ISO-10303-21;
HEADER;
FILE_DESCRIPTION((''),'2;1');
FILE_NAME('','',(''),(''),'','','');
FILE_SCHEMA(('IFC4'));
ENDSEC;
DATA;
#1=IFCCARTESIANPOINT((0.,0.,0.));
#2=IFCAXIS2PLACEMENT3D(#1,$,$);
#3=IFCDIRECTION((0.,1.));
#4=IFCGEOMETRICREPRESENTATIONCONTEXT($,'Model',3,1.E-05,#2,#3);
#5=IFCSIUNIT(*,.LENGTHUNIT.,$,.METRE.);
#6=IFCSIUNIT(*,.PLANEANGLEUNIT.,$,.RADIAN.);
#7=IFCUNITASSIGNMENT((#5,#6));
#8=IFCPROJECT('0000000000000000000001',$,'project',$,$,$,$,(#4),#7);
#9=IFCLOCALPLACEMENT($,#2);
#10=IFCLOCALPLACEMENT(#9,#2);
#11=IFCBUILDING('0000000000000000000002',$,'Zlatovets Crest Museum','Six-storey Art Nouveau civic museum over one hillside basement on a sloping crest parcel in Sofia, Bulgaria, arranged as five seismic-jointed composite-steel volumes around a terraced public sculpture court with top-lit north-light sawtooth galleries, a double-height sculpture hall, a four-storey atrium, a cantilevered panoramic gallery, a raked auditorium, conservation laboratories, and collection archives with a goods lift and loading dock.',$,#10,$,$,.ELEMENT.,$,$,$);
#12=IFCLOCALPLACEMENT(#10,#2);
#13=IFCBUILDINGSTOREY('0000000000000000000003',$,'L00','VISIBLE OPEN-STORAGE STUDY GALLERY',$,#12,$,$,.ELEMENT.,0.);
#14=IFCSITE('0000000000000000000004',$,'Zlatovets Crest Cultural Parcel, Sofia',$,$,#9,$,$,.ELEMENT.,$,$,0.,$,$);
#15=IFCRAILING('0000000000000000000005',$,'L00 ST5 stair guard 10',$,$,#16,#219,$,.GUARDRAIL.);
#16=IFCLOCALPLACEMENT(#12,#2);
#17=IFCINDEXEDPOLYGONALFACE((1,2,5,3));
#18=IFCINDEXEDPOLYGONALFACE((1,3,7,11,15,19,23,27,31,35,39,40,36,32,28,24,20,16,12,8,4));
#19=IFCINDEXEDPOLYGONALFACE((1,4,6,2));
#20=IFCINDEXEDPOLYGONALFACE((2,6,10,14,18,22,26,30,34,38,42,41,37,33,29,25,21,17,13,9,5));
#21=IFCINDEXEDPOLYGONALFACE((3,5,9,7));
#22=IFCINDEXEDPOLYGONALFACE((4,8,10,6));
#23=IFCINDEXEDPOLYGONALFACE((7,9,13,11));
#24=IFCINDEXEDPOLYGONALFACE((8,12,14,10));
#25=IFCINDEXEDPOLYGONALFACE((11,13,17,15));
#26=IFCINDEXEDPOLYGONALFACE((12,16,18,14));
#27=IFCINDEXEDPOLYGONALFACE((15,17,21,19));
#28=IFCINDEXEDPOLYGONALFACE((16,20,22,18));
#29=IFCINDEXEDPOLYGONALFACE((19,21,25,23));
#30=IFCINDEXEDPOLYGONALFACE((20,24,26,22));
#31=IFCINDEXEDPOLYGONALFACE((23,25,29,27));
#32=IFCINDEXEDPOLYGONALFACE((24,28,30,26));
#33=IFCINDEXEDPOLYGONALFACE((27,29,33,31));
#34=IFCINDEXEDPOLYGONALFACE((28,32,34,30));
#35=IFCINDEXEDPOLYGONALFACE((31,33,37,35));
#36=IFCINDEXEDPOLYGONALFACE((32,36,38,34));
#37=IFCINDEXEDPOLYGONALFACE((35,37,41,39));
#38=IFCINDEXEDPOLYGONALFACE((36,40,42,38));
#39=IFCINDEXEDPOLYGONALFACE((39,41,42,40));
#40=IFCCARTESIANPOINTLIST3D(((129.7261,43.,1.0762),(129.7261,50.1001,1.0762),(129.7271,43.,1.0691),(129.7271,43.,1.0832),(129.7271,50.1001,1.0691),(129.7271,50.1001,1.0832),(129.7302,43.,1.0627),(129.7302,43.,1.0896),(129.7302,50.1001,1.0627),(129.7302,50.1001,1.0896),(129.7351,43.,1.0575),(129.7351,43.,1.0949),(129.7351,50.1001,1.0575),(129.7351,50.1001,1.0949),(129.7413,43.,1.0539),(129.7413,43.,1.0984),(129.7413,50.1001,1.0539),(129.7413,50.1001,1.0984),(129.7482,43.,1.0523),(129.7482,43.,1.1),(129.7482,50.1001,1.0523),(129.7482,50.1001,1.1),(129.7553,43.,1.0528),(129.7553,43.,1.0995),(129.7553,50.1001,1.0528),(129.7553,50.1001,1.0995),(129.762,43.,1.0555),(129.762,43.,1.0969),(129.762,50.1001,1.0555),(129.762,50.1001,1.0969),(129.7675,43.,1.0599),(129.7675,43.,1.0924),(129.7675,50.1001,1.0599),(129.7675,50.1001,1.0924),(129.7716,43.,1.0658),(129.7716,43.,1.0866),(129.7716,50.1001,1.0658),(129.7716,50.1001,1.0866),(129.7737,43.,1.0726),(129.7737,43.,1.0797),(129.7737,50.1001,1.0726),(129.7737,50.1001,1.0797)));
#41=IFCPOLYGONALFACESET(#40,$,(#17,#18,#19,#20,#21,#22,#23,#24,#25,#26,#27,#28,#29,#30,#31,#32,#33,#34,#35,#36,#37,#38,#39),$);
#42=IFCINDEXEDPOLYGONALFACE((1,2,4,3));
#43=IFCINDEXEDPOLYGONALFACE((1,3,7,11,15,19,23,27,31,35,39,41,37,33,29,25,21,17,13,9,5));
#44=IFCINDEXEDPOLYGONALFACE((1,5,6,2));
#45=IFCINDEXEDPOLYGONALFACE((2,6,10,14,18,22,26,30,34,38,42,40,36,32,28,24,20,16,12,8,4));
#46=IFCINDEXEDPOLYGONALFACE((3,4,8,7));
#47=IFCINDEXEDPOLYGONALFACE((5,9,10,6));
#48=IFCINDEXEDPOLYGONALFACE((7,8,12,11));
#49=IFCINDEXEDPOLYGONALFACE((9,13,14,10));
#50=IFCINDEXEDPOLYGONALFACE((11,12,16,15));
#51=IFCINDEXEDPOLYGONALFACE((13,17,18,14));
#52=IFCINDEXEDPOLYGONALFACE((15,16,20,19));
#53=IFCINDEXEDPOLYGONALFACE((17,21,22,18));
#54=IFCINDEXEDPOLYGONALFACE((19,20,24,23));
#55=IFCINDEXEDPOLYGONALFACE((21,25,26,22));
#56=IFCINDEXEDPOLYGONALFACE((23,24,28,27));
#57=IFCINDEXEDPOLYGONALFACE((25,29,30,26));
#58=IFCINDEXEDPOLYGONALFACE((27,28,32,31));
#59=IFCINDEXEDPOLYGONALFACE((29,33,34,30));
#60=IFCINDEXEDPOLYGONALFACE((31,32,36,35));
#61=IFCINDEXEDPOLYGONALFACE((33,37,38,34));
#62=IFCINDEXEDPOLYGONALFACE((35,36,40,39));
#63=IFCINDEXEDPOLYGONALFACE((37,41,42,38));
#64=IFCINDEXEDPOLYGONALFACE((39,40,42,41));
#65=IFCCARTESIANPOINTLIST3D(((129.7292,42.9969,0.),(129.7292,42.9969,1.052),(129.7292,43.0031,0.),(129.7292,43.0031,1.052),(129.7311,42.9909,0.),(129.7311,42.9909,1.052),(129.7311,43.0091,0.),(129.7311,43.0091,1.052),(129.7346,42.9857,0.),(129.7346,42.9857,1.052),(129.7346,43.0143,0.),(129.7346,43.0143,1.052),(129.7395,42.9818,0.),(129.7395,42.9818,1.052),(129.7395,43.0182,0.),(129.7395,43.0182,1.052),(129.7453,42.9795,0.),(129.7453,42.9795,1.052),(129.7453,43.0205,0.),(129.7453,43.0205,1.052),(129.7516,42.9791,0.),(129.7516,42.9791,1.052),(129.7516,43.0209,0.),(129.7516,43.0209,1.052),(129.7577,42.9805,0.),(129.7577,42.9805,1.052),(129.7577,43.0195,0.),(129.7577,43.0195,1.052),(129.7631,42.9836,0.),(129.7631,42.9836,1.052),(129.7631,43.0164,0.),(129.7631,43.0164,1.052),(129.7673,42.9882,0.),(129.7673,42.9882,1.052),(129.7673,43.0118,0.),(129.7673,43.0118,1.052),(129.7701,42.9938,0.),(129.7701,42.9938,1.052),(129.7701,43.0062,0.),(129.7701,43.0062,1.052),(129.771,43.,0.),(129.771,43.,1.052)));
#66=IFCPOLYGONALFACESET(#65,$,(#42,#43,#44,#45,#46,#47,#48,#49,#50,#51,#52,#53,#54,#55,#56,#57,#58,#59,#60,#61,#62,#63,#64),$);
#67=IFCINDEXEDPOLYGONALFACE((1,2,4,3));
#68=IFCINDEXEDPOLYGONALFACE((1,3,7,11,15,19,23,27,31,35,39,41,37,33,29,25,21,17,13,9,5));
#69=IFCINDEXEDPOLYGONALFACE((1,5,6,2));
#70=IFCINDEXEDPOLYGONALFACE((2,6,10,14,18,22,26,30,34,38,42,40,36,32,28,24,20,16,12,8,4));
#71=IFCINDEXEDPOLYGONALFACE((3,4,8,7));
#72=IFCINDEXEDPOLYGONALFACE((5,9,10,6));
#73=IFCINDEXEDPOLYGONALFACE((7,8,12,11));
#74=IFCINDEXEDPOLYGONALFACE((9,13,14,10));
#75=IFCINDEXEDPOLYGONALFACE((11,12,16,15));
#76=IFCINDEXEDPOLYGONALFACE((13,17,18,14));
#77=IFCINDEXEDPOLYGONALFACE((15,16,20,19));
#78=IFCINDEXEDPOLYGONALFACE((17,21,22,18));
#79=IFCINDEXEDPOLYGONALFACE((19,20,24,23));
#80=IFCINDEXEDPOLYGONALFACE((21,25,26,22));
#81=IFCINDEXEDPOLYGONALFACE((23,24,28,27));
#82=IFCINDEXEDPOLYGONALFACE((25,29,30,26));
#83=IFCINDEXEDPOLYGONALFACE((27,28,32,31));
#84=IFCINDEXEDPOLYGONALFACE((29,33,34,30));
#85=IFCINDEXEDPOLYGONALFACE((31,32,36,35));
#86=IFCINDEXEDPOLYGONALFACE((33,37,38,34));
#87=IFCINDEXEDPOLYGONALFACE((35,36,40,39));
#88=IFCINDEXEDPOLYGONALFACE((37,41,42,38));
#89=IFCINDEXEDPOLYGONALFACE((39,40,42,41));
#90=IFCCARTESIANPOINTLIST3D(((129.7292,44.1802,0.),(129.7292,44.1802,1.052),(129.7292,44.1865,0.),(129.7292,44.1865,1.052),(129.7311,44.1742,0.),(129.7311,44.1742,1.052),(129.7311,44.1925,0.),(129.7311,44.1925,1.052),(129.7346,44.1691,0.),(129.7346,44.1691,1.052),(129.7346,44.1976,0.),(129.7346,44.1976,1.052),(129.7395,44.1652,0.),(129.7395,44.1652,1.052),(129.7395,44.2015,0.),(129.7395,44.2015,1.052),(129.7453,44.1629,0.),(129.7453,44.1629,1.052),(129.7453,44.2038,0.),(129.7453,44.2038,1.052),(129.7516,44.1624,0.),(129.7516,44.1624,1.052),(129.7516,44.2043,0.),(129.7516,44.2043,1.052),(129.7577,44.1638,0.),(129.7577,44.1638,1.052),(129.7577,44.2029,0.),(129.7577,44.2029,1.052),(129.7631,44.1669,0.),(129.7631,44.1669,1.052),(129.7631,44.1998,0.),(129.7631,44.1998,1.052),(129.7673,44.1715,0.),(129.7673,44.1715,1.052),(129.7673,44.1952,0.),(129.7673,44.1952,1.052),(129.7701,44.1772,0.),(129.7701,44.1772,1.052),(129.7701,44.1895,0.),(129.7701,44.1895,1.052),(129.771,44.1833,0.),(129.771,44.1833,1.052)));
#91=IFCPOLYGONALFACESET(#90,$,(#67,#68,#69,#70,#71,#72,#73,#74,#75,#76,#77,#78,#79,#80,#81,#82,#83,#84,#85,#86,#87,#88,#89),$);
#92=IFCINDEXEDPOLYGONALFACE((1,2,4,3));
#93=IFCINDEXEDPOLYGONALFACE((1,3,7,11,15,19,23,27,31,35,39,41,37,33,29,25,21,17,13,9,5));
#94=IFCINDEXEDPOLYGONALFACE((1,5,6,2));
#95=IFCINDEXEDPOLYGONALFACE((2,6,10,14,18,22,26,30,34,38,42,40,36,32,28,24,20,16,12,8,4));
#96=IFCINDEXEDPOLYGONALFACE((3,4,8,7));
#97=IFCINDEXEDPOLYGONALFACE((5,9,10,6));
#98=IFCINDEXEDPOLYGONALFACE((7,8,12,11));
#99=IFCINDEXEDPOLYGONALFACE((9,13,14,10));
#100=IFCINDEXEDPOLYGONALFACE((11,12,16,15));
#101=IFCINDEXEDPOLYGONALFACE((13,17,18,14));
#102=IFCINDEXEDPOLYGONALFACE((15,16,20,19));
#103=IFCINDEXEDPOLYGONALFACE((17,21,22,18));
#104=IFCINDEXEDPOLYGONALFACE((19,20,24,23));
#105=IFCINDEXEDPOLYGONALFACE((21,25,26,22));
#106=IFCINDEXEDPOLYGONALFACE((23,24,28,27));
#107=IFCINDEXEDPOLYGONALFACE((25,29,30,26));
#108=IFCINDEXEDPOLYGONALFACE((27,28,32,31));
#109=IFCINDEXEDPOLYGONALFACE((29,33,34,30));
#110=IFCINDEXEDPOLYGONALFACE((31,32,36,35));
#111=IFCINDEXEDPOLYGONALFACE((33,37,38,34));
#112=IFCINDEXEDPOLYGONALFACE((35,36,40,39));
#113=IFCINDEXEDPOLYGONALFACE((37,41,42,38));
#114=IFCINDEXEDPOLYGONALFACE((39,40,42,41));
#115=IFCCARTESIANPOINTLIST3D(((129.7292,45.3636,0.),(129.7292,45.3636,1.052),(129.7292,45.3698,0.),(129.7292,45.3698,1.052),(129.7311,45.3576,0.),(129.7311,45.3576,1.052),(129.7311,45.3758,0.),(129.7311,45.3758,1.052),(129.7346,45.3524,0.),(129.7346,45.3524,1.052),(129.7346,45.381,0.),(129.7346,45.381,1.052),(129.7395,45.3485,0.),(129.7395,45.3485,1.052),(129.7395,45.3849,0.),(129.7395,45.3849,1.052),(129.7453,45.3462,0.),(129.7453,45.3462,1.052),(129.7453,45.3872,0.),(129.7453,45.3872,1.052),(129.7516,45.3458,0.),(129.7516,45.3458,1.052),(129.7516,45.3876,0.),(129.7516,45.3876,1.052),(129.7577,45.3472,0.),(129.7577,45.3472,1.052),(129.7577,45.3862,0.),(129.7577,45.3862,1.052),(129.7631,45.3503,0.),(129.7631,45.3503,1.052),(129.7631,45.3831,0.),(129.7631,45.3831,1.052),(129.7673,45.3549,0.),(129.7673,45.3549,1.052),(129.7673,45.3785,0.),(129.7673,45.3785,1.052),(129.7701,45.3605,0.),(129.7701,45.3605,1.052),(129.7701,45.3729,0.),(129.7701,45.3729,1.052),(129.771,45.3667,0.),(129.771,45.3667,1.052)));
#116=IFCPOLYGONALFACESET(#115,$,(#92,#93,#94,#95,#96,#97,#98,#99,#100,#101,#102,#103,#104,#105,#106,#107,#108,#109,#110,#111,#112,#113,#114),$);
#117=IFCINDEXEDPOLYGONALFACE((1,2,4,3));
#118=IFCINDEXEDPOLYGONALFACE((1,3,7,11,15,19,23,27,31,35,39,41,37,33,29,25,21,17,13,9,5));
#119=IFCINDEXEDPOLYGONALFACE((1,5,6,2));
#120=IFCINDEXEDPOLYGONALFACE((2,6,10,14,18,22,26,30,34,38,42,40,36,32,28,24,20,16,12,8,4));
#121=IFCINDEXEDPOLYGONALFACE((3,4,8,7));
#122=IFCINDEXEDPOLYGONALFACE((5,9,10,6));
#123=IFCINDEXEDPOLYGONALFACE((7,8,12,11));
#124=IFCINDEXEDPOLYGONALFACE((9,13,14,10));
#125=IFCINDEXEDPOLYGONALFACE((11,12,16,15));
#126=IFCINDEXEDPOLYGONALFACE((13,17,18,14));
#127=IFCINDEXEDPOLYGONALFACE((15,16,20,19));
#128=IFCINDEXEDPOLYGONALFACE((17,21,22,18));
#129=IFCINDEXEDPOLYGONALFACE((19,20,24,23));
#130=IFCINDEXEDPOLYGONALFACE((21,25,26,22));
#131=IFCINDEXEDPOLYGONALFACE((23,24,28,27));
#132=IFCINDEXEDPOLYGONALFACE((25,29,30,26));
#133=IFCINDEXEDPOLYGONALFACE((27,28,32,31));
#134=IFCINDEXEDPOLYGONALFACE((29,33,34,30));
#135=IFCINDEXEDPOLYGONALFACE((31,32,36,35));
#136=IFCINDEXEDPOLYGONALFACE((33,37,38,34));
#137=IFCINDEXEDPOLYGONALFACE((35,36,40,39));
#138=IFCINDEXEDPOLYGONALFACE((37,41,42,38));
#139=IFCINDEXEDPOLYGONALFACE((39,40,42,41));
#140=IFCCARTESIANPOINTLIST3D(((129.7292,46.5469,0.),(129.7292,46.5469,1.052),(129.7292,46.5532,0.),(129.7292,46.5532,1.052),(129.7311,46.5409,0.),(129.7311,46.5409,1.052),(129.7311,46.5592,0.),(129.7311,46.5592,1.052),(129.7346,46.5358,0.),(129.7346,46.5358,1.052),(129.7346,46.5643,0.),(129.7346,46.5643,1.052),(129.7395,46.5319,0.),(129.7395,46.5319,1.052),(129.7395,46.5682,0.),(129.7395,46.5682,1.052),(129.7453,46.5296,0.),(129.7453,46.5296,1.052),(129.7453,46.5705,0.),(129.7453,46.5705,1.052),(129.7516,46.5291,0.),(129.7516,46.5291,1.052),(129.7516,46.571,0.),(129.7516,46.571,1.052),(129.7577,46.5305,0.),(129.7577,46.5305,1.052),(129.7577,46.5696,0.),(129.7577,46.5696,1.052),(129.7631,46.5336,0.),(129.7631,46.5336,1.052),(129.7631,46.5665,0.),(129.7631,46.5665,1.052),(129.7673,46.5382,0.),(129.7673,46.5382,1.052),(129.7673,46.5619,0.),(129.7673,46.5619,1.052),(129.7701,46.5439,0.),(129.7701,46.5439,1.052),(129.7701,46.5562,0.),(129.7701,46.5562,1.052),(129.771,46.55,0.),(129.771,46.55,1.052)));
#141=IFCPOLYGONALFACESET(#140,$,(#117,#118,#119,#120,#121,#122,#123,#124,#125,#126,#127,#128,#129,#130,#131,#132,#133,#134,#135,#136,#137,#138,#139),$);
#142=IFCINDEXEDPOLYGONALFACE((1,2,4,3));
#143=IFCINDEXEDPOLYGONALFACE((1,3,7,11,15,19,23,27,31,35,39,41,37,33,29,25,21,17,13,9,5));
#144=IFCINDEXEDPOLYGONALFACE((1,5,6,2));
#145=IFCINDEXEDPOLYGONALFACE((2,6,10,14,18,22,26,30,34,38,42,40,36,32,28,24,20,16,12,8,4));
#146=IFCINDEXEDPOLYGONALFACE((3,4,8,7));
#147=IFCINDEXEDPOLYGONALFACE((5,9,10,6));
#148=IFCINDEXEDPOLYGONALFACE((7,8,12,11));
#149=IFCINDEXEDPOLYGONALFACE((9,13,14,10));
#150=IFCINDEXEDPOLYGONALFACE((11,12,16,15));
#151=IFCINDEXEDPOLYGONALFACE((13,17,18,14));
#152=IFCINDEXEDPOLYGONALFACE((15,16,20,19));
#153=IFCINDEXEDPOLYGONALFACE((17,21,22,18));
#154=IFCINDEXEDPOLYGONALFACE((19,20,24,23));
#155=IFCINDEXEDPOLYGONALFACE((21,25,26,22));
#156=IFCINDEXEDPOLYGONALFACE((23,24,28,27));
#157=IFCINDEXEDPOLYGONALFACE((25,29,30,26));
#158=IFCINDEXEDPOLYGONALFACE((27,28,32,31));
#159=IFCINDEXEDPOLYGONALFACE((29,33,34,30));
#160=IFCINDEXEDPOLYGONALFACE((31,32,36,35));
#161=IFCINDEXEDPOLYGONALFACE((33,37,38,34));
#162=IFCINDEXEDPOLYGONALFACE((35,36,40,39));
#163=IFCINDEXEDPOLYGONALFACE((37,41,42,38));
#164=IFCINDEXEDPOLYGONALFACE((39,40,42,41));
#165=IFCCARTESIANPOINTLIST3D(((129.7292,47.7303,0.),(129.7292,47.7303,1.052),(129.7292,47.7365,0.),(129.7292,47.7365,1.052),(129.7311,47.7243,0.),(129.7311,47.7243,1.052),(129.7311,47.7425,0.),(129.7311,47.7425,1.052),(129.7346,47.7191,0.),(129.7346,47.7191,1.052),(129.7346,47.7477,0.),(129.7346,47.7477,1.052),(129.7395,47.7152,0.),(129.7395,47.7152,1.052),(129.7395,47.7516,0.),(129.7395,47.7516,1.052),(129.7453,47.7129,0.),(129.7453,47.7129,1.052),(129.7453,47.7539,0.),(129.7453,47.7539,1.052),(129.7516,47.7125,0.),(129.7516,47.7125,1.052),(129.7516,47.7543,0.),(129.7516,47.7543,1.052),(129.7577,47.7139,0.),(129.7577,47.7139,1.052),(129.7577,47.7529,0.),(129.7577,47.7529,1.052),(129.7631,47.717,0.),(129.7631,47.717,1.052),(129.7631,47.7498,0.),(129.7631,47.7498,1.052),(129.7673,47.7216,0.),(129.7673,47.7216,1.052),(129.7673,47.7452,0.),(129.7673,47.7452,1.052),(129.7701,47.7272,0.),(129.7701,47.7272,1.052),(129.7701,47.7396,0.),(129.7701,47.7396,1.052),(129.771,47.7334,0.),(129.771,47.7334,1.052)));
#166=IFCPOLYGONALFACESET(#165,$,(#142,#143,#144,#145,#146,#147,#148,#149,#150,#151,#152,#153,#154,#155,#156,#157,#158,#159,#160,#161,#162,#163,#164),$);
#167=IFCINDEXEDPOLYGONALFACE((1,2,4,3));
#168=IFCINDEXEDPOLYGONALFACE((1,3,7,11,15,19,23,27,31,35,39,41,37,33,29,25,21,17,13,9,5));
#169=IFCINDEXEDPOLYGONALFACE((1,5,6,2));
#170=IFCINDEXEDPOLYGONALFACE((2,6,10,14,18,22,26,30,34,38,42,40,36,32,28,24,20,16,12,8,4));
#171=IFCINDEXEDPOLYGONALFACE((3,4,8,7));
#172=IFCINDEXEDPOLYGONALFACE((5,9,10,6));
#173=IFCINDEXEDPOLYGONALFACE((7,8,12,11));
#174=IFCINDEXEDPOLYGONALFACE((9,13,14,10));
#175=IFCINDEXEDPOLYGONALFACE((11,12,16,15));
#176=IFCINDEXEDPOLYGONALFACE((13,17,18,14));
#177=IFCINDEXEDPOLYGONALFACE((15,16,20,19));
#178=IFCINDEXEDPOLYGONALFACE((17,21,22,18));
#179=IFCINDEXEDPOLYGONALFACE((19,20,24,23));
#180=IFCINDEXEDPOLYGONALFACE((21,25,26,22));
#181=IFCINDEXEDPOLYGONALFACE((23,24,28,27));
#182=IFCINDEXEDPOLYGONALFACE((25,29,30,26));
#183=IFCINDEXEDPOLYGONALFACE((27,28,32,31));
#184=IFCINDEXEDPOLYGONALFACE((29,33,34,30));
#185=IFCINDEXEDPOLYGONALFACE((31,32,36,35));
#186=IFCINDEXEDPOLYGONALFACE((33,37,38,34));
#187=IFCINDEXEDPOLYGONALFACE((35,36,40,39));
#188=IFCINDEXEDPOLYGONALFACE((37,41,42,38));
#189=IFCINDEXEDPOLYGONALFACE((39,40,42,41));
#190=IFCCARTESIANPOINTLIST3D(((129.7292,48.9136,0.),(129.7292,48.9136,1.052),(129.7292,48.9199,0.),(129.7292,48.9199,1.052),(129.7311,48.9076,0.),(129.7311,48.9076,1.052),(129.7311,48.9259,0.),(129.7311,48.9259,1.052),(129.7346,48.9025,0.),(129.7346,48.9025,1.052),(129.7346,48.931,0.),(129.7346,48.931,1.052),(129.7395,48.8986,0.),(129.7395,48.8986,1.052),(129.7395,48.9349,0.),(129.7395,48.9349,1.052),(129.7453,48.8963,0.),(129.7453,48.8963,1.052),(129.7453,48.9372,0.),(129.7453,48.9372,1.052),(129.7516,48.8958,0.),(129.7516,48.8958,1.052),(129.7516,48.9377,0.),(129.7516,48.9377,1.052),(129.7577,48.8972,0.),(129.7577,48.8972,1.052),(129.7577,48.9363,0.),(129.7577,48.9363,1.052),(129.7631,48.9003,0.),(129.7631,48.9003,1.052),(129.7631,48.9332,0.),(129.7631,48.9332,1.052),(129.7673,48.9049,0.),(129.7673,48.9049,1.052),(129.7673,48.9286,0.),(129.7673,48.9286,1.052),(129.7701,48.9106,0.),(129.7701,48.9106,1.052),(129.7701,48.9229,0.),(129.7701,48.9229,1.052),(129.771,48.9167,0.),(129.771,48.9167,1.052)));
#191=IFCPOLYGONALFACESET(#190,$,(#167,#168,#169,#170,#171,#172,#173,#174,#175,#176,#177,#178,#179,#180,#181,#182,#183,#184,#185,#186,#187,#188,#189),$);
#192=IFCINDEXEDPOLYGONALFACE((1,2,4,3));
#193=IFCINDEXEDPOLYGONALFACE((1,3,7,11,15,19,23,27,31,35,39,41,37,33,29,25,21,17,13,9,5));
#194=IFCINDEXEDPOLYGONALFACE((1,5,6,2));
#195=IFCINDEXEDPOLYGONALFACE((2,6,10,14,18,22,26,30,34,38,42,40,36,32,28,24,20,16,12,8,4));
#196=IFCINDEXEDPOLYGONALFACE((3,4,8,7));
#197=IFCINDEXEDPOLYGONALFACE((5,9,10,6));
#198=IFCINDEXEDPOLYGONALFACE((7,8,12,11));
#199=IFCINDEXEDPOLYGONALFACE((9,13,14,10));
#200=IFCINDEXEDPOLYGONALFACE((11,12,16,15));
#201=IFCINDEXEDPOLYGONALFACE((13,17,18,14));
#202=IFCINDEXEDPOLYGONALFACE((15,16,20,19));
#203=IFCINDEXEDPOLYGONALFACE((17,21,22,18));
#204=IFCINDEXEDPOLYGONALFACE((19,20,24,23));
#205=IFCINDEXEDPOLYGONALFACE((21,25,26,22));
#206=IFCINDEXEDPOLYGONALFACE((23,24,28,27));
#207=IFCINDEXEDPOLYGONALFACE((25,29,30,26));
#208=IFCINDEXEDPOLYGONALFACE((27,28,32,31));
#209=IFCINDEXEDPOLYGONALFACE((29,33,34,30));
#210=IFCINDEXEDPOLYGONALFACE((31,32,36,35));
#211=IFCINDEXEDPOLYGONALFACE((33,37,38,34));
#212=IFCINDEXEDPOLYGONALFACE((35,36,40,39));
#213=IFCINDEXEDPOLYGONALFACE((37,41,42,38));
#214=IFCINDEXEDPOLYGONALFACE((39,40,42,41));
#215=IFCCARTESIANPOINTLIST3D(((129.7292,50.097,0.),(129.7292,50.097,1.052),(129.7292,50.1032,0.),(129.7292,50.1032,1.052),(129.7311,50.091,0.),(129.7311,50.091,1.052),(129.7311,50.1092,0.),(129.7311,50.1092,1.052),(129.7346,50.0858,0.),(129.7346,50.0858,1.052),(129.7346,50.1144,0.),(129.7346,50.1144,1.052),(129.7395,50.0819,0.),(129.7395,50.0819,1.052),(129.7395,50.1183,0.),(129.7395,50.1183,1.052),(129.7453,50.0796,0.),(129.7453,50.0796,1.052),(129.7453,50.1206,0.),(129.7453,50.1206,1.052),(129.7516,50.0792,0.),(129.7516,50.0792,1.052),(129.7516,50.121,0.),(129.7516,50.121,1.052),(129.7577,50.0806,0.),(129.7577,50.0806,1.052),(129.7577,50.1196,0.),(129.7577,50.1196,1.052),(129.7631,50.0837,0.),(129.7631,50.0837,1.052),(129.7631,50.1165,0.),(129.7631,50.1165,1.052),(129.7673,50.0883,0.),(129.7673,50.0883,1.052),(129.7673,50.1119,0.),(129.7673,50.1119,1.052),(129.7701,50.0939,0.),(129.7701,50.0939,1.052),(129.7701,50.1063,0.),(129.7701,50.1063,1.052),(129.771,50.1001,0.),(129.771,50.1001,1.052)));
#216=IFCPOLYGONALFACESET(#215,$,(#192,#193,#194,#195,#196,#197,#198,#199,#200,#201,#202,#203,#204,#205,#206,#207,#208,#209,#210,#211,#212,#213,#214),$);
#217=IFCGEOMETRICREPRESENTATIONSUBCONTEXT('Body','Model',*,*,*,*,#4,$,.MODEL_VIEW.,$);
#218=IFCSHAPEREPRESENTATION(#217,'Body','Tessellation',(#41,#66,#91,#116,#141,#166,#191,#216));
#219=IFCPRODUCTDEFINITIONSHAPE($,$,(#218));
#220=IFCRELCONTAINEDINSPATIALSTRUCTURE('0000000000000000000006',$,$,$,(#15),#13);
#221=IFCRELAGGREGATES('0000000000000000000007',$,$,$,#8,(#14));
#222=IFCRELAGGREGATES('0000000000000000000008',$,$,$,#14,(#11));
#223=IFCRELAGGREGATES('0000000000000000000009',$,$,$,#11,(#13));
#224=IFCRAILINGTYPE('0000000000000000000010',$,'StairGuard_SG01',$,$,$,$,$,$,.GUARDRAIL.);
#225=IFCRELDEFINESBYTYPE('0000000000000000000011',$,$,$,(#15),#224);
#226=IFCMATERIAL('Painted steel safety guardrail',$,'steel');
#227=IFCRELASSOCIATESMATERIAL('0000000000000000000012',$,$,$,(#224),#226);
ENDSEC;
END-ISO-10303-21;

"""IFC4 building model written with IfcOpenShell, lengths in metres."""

from ifc_helpers import new_model, si_unit, direction, frame, origin, origin_2d, place, context, subcontext, project, spatial, circle, extrude, material, type_object, element, save


model = new_model("IFC4")

# Units and contexts
model_context = context("Model", 3, precision=1e-05, world=origin(), true_north=direction((0.0, 1.0)))
body_context = subcontext(model_context, "Body", "Model", "MODEL_VIEW")
ifc_project = project(units=[si_unit("LENGTHUNIT", "METRE"), si_unit("PLANEANGLEUNIT", "RADIAN")], contexts=[model_context])

# Site, building, storey
site_placement = place(None, origin())
site = spatial("IfcSite", under=ifc_project, at=site_placement, Name="Zlatovets Crest Cultural Parcel, Sofia", CompositionType="ELEMENT", RefElevation=0.0)
building_placement = place(site_placement, origin())
building = spatial("IfcBuilding", under=site, at=building_placement, Name="Zlatovets Crest Museum", Description="Six-storey Art Nouveau civic museum over one hillside basement on a sloping crest parcel in Sofia, Bulgaria, arranged as five seismic-jointed composite-steel volumes around a terraced public sculpture court with top-lit north-light sawtooth galleries, a double-height sculpture hall, a four-storey atrium, a cantilevered panoramic gallery, a raked auditorium, conservation laboratories, and collection archives with a goods lift and loading dock.", CompositionType="ELEMENT")
storey_placement = place(building_placement, origin())
storey = spatial("IfcBuildingStorey", under=building, at=storey_placement, Name="L00", Description="VISIBLE OPEN-STORAGE STUDY GALLERY", CompositionType="ELEMENT", Elevation=0.0)

# Railing
ifc_material_1 = material(Name="Painted steel safety guardrail", Category="steel")
railing_type_1 = type_object("IfcRailingType", Name="StairGuard_SG01", PredefinedType="GUARDRAIL", material=ifc_material_1)
for number, where, name in (
    (1, (129.75, 43.0, 0.0), "L00 ST5 stair guard 10"),
):
    element("IfcRailing", number, at=place(storey_placement, frame(where)), inside=storey, type_object=railing_type_1, Name=name, PredefinedType="GUARDRAIL", context=body_context, shape_type="SweptSolid", body=[
        extrude(circle(Radius=0.0239, at=origin_2d()), frame((0.0, 0.0, 1.0762), z_axis=(0.0, 1.0, 0.0), x_axis=(-1.0, 0.0, 0.0)), (0.0, 0.0, 1.0), 7.1001),
        extrude(circle(Radius=0.021, at=origin_2d()), origin(), (0.0, 0.0, 1.0), 1.052),
        extrude(circle(Radius=0.021, at=origin_2d()), frame((0.0, 1.1833, 0.0)), (0.0, 0.0, 1.0), 1.052),
        extrude(circle(Radius=0.021, at=origin_2d()), frame((0.0, 2.3667, 0.0)), (0.0, 0.0, 1.0), 1.052),
        extrude(circle(Radius=0.021, at=origin_2d()), frame((0.0, 3.55, 0.0)), (0.0, 0.0, 1.0), 1.052),
        extrude(circle(Radius=0.021, at=origin_2d()), frame((0.0, 4.7334, 0.0)), (0.0, 0.0, 1.0), 1.052),
        extrude(circle(Radius=0.021, at=origin_2d()), frame((0.0, 5.9167, 0.0)), (0.0, 0.0, 1.0), 1.052),
        extrude(circle(Radius=0.021, at=origin_2d()), frame((0.0, 7.1001, 0.0)), (0.0, 0.0, 1.0), 1.052),
    ])

save(model, "model.ifc")
